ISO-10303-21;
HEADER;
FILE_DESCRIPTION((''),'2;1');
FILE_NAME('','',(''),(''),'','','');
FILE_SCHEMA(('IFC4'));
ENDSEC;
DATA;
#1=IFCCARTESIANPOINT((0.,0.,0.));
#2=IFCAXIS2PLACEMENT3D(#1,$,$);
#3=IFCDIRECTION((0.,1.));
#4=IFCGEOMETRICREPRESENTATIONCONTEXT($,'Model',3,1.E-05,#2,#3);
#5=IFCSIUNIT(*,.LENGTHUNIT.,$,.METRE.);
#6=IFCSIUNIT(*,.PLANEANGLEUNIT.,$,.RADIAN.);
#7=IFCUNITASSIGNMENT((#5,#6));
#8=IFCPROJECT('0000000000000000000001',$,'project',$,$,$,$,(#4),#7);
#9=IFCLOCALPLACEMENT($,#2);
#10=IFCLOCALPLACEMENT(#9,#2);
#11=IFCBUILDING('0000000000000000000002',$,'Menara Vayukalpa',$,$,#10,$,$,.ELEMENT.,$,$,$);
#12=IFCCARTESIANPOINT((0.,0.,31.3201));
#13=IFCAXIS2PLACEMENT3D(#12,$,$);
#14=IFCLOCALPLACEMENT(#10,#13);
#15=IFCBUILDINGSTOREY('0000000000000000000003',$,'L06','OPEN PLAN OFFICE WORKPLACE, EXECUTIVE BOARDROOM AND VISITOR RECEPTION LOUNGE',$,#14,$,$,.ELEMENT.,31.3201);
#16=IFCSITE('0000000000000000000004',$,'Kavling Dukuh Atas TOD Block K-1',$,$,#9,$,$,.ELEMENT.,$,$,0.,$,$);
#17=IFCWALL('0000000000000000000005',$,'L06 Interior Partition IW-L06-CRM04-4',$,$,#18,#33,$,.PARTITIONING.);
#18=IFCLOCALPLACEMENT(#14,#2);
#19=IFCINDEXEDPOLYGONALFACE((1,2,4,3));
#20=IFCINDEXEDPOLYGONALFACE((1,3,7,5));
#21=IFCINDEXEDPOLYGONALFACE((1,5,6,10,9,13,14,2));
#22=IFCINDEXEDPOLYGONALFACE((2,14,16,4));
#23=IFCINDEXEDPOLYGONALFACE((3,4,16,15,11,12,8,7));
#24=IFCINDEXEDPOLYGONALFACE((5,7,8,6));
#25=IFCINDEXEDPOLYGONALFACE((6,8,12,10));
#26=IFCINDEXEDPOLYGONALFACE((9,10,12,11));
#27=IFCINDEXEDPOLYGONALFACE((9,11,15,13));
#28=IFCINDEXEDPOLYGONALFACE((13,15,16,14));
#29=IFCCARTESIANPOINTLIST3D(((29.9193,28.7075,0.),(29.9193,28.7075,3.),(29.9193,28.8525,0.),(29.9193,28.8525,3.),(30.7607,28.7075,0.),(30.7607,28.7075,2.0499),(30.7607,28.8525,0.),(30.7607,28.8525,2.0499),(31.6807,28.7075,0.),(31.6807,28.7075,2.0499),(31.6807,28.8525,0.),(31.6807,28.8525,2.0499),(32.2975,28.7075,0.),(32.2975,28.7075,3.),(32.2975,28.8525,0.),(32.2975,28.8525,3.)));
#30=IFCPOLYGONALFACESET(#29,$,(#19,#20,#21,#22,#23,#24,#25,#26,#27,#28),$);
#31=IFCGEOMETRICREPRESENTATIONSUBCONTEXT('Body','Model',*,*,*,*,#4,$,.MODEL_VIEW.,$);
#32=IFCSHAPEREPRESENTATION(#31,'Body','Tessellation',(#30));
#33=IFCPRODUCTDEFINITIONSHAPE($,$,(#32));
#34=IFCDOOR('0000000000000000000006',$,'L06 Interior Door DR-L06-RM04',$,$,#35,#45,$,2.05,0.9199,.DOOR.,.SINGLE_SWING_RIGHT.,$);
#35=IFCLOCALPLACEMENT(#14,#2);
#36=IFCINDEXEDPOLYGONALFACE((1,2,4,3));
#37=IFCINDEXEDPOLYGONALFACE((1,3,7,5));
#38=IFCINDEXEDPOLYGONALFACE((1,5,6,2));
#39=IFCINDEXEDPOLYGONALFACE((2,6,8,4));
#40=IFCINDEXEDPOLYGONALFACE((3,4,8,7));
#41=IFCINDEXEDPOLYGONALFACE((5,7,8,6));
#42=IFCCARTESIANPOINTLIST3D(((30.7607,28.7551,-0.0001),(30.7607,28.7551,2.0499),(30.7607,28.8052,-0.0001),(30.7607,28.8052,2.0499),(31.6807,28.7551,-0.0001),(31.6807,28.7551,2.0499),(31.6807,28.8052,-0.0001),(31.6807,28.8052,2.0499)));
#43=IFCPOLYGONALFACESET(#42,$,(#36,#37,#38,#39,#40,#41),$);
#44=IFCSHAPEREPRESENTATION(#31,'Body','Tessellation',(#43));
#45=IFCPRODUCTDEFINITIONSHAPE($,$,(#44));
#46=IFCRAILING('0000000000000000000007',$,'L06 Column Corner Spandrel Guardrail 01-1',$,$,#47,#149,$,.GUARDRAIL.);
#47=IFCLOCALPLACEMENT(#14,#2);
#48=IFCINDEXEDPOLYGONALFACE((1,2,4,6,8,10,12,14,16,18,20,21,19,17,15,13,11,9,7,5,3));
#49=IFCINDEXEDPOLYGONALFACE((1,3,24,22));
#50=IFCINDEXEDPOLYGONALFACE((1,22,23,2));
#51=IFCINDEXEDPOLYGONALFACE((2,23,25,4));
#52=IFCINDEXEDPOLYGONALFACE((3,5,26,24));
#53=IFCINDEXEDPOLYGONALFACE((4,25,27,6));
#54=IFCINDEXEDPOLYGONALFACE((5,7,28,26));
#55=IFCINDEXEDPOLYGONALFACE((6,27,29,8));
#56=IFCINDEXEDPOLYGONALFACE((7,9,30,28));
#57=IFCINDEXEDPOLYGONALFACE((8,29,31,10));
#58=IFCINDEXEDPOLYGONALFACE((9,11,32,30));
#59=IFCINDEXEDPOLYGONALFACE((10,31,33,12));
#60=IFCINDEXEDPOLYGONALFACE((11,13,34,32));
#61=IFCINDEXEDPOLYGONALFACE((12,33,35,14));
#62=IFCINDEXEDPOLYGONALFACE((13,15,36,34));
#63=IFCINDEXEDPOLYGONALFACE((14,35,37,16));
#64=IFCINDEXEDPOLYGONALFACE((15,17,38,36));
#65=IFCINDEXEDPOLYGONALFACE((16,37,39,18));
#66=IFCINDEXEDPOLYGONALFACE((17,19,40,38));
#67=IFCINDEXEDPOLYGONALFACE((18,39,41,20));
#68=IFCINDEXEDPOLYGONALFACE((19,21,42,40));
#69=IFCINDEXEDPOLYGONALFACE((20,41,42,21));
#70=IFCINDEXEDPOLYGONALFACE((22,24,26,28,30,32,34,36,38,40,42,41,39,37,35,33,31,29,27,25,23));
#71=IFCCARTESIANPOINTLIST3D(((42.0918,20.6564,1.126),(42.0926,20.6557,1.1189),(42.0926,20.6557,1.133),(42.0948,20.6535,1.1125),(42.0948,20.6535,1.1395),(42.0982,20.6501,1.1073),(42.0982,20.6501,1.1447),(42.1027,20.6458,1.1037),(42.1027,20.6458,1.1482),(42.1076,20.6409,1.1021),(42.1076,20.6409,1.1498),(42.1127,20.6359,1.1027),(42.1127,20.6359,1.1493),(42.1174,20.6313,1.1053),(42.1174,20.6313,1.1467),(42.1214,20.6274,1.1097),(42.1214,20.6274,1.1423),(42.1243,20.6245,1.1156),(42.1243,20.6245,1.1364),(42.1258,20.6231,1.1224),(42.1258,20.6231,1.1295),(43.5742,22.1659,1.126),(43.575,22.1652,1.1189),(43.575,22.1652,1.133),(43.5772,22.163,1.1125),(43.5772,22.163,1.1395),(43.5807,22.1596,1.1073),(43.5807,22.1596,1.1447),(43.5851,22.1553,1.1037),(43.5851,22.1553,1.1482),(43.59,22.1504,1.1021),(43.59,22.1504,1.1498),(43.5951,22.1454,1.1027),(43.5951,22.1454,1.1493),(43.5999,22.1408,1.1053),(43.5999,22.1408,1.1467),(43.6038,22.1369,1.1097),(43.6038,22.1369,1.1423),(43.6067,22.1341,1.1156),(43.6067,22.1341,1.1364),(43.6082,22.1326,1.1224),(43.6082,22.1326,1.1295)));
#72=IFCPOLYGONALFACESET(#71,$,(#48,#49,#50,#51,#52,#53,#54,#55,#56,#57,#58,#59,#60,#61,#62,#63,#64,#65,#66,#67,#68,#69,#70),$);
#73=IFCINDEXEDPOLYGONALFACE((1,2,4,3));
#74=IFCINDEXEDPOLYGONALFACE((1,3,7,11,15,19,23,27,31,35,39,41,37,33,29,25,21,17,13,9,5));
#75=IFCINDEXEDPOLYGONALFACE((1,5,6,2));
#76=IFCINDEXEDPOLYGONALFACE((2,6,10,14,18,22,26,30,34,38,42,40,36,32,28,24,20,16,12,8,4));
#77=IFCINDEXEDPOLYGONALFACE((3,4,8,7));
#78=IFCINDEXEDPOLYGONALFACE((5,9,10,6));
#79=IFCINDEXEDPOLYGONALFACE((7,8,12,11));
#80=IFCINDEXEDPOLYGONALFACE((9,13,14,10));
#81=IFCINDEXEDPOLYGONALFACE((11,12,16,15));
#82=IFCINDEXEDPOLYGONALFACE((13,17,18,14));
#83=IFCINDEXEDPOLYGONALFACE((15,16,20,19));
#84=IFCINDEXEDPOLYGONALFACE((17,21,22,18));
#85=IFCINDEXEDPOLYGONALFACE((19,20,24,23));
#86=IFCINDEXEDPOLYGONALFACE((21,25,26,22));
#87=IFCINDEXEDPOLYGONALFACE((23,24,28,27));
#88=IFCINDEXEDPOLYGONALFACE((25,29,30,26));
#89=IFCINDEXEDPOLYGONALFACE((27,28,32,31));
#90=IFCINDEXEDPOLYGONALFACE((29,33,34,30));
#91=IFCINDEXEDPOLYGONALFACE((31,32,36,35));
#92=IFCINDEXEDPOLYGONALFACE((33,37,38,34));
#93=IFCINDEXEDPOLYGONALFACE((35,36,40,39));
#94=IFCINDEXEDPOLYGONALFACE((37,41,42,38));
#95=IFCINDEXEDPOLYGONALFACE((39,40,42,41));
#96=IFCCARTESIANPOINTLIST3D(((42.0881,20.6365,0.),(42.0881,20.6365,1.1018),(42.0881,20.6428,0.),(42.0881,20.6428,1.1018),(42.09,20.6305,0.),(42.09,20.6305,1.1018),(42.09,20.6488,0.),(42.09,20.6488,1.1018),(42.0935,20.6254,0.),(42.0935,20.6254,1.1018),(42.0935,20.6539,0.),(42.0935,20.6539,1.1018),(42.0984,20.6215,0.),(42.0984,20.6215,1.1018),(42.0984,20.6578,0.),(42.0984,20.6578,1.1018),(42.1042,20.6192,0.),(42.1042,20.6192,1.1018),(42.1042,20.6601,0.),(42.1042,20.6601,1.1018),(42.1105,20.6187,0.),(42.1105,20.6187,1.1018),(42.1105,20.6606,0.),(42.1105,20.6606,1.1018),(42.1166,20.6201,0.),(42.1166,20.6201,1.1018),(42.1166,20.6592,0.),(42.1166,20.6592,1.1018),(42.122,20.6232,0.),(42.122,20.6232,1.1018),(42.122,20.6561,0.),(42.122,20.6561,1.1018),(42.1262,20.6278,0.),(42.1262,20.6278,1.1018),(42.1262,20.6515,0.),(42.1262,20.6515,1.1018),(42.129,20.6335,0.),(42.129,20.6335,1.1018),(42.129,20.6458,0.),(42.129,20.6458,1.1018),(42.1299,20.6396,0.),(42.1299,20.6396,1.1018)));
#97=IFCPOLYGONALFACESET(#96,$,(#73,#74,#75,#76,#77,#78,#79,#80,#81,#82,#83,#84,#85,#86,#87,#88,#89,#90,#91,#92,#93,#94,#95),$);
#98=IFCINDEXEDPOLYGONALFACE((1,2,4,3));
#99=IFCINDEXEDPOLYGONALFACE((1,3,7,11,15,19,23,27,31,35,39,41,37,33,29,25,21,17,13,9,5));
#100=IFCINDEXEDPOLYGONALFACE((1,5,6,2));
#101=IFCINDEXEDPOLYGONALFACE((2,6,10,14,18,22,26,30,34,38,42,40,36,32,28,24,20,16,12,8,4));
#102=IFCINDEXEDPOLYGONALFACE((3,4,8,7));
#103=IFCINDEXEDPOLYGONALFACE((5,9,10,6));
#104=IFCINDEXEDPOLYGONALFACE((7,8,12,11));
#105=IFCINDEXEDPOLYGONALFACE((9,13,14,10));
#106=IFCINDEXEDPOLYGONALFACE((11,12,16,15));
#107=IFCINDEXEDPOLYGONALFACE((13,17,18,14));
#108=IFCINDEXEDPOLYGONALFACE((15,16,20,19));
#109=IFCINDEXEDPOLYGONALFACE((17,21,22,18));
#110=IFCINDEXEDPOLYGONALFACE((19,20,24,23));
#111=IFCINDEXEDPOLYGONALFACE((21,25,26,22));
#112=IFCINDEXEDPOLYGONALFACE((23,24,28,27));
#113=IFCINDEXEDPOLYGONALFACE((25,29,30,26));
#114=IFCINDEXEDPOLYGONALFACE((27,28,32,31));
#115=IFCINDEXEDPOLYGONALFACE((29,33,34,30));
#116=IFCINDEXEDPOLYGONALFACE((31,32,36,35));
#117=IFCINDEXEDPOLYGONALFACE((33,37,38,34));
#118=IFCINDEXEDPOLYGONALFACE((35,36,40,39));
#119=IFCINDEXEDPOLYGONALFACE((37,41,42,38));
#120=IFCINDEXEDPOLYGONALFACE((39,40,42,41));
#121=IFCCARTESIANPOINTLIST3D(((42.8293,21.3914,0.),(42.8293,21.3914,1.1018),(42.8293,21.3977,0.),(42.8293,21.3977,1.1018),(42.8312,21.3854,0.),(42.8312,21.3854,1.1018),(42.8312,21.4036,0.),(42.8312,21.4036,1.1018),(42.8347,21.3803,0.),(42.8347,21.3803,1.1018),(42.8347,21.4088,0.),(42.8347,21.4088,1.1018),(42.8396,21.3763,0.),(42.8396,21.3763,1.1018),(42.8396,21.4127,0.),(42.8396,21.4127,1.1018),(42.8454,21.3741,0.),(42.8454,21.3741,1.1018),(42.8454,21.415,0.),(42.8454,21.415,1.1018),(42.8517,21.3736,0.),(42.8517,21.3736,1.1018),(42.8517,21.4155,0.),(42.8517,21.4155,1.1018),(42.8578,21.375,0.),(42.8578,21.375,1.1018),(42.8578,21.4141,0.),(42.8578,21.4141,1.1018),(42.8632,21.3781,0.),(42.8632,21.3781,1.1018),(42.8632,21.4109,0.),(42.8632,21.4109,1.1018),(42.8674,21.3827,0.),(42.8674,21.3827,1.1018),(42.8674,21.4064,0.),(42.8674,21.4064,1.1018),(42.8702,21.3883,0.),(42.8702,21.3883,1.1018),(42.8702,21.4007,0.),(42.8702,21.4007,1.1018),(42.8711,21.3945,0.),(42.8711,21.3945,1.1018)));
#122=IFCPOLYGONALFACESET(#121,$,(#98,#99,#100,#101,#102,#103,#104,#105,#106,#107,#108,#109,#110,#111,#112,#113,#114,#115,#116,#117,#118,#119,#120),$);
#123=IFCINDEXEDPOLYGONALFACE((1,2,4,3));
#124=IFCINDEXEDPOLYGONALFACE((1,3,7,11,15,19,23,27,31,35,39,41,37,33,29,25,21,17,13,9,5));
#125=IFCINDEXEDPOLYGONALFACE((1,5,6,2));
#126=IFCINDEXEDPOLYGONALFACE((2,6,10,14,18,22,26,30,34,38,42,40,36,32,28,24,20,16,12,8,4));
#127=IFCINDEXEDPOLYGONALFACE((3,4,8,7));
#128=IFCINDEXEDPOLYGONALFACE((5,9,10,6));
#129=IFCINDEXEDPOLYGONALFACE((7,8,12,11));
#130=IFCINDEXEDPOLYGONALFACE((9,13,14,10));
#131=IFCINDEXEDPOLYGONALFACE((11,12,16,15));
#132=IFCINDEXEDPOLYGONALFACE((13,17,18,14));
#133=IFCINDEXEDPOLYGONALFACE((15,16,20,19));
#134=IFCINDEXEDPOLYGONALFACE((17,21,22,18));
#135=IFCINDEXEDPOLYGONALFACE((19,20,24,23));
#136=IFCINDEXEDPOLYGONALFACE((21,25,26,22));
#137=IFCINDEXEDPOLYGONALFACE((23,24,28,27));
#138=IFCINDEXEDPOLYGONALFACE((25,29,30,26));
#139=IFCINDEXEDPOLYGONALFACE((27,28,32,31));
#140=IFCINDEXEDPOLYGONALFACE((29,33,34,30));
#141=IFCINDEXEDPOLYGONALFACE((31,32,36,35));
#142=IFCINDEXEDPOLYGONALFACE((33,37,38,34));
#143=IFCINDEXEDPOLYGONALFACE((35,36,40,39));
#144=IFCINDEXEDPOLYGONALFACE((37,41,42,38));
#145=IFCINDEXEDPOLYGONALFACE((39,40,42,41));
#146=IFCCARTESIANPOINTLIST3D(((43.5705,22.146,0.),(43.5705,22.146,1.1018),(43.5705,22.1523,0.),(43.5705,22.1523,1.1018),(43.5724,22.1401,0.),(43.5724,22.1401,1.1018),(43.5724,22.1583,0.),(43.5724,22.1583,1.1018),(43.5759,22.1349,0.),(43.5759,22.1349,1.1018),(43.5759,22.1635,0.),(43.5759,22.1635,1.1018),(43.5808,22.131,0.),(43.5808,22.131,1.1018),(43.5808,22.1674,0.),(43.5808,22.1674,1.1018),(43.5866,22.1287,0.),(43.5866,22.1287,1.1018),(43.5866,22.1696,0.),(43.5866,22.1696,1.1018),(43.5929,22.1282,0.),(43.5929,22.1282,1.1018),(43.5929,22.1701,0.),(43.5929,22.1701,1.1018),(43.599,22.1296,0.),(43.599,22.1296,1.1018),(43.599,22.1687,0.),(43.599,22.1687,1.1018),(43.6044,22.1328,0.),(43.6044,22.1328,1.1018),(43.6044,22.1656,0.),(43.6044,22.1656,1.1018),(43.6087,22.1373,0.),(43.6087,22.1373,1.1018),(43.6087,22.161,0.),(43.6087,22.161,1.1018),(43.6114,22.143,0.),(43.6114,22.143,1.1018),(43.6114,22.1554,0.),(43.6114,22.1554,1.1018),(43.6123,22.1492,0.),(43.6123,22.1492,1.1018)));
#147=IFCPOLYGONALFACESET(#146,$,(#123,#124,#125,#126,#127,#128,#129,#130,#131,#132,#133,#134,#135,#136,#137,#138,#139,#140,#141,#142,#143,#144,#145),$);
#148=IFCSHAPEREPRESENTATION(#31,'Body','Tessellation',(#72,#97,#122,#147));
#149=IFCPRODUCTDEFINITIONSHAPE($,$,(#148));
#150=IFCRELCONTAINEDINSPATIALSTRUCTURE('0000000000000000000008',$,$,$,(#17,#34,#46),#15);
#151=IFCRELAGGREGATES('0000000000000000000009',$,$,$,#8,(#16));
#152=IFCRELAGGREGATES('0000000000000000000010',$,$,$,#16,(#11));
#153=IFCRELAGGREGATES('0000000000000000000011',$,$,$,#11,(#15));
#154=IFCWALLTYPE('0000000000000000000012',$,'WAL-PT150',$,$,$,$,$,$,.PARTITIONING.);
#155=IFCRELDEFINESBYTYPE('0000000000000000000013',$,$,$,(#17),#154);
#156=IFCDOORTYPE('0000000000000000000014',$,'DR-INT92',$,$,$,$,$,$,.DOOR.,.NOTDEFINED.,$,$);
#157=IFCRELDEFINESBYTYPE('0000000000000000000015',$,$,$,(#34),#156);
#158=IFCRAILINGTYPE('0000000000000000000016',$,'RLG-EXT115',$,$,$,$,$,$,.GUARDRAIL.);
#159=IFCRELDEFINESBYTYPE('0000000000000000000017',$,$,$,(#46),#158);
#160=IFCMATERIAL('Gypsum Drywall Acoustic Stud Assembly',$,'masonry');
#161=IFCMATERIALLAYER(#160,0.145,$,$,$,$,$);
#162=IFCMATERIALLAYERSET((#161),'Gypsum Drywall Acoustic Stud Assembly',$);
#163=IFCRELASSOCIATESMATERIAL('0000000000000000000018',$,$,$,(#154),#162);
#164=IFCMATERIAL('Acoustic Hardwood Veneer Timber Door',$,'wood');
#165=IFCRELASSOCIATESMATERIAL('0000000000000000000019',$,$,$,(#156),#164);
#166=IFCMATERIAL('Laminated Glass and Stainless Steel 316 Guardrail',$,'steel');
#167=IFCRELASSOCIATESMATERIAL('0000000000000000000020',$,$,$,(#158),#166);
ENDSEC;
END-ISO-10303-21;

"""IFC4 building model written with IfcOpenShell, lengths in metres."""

from ifc_helpers import new_model, si_unit, direction, frame, frame_2d, origin, origin_2d, place, context, subcontext, project, spatial, rectangle, circle, extrude, material, layer, layer_set, type_object, element, fill, save


model = new_model("IFC4")

# Units and contexts
model_context = context("Model", 3, precision=1e-05, world=origin(), true_north=direction((0.0, 1.0)))
body_context = subcontext(model_context, "Body", "Model", "MODEL_VIEW")
ifc_project = project(units=[si_unit("LENGTHUNIT", "METRE"), si_unit("PLANEANGLEUNIT", "RADIAN")], contexts=[model_context])

# Site, building, storey
site_placement = place(None, origin())
site = spatial("IfcSite", under=ifc_project, at=site_placement, Name="Kavling Dukuh Atas TOD Block K-1", CompositionType="ELEMENT", RefElevation=0.0)
building_placement = place(site_placement, origin())
building = spatial("IfcBuilding", under=site, at=building_placement, Name="Menara Vayukalpa", CompositionType="ELEMENT")
storey_placement = place(building_placement, frame((0.0, 0.0, 31.3201)))
storey = spatial("IfcBuildingStorey", under=building, at=storey_placement, Name="L06", Description="OPEN PLAN OFFICE WORKPLACE, EXECUTIVE BOARDROOM AND VISITOR RECEPTION LOUNGE", CompositionType="ELEMENT", Elevation=31.3201)

# Shared definitions
ifc_material_1 = material(Name="Gypsum Drywall Acoustic Stud Assembly", Category="masonry")
ifc_layer_1 = layer(ifc_material_1, 0.145)
ifc_layer_set_1 = layer_set([ifc_layer_1], Name="Gypsum Drywall Acoustic Stud Assembly")
wall_type_1 = type_object("IfcWallType", Name="WAL-PT150", PredefinedType="PARTITIONING", material=ifc_layer_set_1)

# Wall, opening, door
wall_1_placement = place(storey_placement, frame((32.2974, 28.78, 0.0), z_axis=(0.0, 0.0, 1.0), x_axis=(-1.0, 0.0, 0.0)))
wall_1 = element("IfcWall", 1, at=wall_1_placement, inside=storey, type_object=wall_type_1, Name="L06 Interior Partition IW-L06-CRM04-4", PredefinedType="PARTITIONING", context=body_context, shape_type="SweptSolid", body=[
    extrude(rectangle(XDim=2.3782, YDim=0.145, at=frame_2d((1.189, 0.0))), origin(), (0.0, 0.0, 1.0), 3.0),
])
opening_placement = place(wall_1_placement, frame((0.6167, 0.0, 0.0)))
opening = element("IfcOpeningElement", 2, at=opening_placement, cuts=wall_1, PredefinedType="OPENING", context=body_context, shape_type="SweptSolid", body=[
    extrude(rectangle(XDim=0.9199, YDim=2.05, at=frame_2d((0.46, 1.0249))), frame((0.0, 0.0825, 0.0), z_axis=(0.0, -1.0, 0.0), x_axis=(1.0, 0.0, 0.0)), (0.0, 0.0, 1.0), 0.165),
])
ifc_material_2 = material(Name="Acoustic Hardwood Veneer Timber Door", Category="wood")
door_type = type_object("IfcDoorType", Name="DR-INT92", OperationType="NOTDEFINED", PredefinedType="DOOR", material=ifc_material_2)
door_placement = place(opening_placement, origin())
door = element("IfcDoor", 3, at=door_placement, inside=storey, type_object=door_type, Name="L06 Interior Door DR-L06-RM04", OperationType="SINGLE_SWING_RIGHT", OverallHeight=2.05, OverallWidth=0.9199, PredefinedType="DOOR", context=body_context, shape_type="SweptSolid", body=[
    extrude(rectangle(XDim=0.9199, YDim=2.05, at=frame_2d((0.46, 1.0249))), frame((0.0, 0.0249, 0.0), z_axis=(0.0, -1.0, 0.0), x_axis=(1.0, 0.0, 0.0)), (0.0, 0.0, 1.0), 0.05),
])
fill(opening, door)

# Railing
ifc_material_3 = material(Name="Laminated Glass and Stainless Steel 316 Guardrail", Category="steel")
railing_type_1 = type_object("IfcRailingType", Name="RLG-EXT115", PredefinedType="GUARDRAIL", material=ifc_material_3)
railing_1_placement = place(storey_placement, frame((42.1089, 20.6396, 0.0)))
element("IfcRailing", 4, at=railing_1_placement, inside=storey, type_object=railing_type_1, Name="L06 Column Corner Spandrel Guardrail 01-1", PredefinedType="GUARDRAIL", context=body_context, shape_type="SweptSolid", body=[
    extrude(circle(Radius=0.0239, at=origin_2d()), frame((0.0, 0.0, 1.126), z_axis=(0.700673, 0.713482, 0.0), x_axis=(-0.713482, 0.700673, 0.0)), (0.0, 0.0, 1.0), 2.1157),
    extrude(circle(Radius=0.021, at=origin_2d()), origin(), (0.0, 0.0, 1.0), 1.1018),
    extrude(circle(Radius=0.021, at=origin_2d()), frame((0.7412, 0.7549, 0.0)), (0.0, 0.0, 1.0), 1.1018),
    extrude(circle(Radius=0.021, at=origin_2d()), frame((1.4824, 1.5095, 0.0)), (0.0, 0.0, 1.0), 1.1018),
])

save(model, "model.ifc")
